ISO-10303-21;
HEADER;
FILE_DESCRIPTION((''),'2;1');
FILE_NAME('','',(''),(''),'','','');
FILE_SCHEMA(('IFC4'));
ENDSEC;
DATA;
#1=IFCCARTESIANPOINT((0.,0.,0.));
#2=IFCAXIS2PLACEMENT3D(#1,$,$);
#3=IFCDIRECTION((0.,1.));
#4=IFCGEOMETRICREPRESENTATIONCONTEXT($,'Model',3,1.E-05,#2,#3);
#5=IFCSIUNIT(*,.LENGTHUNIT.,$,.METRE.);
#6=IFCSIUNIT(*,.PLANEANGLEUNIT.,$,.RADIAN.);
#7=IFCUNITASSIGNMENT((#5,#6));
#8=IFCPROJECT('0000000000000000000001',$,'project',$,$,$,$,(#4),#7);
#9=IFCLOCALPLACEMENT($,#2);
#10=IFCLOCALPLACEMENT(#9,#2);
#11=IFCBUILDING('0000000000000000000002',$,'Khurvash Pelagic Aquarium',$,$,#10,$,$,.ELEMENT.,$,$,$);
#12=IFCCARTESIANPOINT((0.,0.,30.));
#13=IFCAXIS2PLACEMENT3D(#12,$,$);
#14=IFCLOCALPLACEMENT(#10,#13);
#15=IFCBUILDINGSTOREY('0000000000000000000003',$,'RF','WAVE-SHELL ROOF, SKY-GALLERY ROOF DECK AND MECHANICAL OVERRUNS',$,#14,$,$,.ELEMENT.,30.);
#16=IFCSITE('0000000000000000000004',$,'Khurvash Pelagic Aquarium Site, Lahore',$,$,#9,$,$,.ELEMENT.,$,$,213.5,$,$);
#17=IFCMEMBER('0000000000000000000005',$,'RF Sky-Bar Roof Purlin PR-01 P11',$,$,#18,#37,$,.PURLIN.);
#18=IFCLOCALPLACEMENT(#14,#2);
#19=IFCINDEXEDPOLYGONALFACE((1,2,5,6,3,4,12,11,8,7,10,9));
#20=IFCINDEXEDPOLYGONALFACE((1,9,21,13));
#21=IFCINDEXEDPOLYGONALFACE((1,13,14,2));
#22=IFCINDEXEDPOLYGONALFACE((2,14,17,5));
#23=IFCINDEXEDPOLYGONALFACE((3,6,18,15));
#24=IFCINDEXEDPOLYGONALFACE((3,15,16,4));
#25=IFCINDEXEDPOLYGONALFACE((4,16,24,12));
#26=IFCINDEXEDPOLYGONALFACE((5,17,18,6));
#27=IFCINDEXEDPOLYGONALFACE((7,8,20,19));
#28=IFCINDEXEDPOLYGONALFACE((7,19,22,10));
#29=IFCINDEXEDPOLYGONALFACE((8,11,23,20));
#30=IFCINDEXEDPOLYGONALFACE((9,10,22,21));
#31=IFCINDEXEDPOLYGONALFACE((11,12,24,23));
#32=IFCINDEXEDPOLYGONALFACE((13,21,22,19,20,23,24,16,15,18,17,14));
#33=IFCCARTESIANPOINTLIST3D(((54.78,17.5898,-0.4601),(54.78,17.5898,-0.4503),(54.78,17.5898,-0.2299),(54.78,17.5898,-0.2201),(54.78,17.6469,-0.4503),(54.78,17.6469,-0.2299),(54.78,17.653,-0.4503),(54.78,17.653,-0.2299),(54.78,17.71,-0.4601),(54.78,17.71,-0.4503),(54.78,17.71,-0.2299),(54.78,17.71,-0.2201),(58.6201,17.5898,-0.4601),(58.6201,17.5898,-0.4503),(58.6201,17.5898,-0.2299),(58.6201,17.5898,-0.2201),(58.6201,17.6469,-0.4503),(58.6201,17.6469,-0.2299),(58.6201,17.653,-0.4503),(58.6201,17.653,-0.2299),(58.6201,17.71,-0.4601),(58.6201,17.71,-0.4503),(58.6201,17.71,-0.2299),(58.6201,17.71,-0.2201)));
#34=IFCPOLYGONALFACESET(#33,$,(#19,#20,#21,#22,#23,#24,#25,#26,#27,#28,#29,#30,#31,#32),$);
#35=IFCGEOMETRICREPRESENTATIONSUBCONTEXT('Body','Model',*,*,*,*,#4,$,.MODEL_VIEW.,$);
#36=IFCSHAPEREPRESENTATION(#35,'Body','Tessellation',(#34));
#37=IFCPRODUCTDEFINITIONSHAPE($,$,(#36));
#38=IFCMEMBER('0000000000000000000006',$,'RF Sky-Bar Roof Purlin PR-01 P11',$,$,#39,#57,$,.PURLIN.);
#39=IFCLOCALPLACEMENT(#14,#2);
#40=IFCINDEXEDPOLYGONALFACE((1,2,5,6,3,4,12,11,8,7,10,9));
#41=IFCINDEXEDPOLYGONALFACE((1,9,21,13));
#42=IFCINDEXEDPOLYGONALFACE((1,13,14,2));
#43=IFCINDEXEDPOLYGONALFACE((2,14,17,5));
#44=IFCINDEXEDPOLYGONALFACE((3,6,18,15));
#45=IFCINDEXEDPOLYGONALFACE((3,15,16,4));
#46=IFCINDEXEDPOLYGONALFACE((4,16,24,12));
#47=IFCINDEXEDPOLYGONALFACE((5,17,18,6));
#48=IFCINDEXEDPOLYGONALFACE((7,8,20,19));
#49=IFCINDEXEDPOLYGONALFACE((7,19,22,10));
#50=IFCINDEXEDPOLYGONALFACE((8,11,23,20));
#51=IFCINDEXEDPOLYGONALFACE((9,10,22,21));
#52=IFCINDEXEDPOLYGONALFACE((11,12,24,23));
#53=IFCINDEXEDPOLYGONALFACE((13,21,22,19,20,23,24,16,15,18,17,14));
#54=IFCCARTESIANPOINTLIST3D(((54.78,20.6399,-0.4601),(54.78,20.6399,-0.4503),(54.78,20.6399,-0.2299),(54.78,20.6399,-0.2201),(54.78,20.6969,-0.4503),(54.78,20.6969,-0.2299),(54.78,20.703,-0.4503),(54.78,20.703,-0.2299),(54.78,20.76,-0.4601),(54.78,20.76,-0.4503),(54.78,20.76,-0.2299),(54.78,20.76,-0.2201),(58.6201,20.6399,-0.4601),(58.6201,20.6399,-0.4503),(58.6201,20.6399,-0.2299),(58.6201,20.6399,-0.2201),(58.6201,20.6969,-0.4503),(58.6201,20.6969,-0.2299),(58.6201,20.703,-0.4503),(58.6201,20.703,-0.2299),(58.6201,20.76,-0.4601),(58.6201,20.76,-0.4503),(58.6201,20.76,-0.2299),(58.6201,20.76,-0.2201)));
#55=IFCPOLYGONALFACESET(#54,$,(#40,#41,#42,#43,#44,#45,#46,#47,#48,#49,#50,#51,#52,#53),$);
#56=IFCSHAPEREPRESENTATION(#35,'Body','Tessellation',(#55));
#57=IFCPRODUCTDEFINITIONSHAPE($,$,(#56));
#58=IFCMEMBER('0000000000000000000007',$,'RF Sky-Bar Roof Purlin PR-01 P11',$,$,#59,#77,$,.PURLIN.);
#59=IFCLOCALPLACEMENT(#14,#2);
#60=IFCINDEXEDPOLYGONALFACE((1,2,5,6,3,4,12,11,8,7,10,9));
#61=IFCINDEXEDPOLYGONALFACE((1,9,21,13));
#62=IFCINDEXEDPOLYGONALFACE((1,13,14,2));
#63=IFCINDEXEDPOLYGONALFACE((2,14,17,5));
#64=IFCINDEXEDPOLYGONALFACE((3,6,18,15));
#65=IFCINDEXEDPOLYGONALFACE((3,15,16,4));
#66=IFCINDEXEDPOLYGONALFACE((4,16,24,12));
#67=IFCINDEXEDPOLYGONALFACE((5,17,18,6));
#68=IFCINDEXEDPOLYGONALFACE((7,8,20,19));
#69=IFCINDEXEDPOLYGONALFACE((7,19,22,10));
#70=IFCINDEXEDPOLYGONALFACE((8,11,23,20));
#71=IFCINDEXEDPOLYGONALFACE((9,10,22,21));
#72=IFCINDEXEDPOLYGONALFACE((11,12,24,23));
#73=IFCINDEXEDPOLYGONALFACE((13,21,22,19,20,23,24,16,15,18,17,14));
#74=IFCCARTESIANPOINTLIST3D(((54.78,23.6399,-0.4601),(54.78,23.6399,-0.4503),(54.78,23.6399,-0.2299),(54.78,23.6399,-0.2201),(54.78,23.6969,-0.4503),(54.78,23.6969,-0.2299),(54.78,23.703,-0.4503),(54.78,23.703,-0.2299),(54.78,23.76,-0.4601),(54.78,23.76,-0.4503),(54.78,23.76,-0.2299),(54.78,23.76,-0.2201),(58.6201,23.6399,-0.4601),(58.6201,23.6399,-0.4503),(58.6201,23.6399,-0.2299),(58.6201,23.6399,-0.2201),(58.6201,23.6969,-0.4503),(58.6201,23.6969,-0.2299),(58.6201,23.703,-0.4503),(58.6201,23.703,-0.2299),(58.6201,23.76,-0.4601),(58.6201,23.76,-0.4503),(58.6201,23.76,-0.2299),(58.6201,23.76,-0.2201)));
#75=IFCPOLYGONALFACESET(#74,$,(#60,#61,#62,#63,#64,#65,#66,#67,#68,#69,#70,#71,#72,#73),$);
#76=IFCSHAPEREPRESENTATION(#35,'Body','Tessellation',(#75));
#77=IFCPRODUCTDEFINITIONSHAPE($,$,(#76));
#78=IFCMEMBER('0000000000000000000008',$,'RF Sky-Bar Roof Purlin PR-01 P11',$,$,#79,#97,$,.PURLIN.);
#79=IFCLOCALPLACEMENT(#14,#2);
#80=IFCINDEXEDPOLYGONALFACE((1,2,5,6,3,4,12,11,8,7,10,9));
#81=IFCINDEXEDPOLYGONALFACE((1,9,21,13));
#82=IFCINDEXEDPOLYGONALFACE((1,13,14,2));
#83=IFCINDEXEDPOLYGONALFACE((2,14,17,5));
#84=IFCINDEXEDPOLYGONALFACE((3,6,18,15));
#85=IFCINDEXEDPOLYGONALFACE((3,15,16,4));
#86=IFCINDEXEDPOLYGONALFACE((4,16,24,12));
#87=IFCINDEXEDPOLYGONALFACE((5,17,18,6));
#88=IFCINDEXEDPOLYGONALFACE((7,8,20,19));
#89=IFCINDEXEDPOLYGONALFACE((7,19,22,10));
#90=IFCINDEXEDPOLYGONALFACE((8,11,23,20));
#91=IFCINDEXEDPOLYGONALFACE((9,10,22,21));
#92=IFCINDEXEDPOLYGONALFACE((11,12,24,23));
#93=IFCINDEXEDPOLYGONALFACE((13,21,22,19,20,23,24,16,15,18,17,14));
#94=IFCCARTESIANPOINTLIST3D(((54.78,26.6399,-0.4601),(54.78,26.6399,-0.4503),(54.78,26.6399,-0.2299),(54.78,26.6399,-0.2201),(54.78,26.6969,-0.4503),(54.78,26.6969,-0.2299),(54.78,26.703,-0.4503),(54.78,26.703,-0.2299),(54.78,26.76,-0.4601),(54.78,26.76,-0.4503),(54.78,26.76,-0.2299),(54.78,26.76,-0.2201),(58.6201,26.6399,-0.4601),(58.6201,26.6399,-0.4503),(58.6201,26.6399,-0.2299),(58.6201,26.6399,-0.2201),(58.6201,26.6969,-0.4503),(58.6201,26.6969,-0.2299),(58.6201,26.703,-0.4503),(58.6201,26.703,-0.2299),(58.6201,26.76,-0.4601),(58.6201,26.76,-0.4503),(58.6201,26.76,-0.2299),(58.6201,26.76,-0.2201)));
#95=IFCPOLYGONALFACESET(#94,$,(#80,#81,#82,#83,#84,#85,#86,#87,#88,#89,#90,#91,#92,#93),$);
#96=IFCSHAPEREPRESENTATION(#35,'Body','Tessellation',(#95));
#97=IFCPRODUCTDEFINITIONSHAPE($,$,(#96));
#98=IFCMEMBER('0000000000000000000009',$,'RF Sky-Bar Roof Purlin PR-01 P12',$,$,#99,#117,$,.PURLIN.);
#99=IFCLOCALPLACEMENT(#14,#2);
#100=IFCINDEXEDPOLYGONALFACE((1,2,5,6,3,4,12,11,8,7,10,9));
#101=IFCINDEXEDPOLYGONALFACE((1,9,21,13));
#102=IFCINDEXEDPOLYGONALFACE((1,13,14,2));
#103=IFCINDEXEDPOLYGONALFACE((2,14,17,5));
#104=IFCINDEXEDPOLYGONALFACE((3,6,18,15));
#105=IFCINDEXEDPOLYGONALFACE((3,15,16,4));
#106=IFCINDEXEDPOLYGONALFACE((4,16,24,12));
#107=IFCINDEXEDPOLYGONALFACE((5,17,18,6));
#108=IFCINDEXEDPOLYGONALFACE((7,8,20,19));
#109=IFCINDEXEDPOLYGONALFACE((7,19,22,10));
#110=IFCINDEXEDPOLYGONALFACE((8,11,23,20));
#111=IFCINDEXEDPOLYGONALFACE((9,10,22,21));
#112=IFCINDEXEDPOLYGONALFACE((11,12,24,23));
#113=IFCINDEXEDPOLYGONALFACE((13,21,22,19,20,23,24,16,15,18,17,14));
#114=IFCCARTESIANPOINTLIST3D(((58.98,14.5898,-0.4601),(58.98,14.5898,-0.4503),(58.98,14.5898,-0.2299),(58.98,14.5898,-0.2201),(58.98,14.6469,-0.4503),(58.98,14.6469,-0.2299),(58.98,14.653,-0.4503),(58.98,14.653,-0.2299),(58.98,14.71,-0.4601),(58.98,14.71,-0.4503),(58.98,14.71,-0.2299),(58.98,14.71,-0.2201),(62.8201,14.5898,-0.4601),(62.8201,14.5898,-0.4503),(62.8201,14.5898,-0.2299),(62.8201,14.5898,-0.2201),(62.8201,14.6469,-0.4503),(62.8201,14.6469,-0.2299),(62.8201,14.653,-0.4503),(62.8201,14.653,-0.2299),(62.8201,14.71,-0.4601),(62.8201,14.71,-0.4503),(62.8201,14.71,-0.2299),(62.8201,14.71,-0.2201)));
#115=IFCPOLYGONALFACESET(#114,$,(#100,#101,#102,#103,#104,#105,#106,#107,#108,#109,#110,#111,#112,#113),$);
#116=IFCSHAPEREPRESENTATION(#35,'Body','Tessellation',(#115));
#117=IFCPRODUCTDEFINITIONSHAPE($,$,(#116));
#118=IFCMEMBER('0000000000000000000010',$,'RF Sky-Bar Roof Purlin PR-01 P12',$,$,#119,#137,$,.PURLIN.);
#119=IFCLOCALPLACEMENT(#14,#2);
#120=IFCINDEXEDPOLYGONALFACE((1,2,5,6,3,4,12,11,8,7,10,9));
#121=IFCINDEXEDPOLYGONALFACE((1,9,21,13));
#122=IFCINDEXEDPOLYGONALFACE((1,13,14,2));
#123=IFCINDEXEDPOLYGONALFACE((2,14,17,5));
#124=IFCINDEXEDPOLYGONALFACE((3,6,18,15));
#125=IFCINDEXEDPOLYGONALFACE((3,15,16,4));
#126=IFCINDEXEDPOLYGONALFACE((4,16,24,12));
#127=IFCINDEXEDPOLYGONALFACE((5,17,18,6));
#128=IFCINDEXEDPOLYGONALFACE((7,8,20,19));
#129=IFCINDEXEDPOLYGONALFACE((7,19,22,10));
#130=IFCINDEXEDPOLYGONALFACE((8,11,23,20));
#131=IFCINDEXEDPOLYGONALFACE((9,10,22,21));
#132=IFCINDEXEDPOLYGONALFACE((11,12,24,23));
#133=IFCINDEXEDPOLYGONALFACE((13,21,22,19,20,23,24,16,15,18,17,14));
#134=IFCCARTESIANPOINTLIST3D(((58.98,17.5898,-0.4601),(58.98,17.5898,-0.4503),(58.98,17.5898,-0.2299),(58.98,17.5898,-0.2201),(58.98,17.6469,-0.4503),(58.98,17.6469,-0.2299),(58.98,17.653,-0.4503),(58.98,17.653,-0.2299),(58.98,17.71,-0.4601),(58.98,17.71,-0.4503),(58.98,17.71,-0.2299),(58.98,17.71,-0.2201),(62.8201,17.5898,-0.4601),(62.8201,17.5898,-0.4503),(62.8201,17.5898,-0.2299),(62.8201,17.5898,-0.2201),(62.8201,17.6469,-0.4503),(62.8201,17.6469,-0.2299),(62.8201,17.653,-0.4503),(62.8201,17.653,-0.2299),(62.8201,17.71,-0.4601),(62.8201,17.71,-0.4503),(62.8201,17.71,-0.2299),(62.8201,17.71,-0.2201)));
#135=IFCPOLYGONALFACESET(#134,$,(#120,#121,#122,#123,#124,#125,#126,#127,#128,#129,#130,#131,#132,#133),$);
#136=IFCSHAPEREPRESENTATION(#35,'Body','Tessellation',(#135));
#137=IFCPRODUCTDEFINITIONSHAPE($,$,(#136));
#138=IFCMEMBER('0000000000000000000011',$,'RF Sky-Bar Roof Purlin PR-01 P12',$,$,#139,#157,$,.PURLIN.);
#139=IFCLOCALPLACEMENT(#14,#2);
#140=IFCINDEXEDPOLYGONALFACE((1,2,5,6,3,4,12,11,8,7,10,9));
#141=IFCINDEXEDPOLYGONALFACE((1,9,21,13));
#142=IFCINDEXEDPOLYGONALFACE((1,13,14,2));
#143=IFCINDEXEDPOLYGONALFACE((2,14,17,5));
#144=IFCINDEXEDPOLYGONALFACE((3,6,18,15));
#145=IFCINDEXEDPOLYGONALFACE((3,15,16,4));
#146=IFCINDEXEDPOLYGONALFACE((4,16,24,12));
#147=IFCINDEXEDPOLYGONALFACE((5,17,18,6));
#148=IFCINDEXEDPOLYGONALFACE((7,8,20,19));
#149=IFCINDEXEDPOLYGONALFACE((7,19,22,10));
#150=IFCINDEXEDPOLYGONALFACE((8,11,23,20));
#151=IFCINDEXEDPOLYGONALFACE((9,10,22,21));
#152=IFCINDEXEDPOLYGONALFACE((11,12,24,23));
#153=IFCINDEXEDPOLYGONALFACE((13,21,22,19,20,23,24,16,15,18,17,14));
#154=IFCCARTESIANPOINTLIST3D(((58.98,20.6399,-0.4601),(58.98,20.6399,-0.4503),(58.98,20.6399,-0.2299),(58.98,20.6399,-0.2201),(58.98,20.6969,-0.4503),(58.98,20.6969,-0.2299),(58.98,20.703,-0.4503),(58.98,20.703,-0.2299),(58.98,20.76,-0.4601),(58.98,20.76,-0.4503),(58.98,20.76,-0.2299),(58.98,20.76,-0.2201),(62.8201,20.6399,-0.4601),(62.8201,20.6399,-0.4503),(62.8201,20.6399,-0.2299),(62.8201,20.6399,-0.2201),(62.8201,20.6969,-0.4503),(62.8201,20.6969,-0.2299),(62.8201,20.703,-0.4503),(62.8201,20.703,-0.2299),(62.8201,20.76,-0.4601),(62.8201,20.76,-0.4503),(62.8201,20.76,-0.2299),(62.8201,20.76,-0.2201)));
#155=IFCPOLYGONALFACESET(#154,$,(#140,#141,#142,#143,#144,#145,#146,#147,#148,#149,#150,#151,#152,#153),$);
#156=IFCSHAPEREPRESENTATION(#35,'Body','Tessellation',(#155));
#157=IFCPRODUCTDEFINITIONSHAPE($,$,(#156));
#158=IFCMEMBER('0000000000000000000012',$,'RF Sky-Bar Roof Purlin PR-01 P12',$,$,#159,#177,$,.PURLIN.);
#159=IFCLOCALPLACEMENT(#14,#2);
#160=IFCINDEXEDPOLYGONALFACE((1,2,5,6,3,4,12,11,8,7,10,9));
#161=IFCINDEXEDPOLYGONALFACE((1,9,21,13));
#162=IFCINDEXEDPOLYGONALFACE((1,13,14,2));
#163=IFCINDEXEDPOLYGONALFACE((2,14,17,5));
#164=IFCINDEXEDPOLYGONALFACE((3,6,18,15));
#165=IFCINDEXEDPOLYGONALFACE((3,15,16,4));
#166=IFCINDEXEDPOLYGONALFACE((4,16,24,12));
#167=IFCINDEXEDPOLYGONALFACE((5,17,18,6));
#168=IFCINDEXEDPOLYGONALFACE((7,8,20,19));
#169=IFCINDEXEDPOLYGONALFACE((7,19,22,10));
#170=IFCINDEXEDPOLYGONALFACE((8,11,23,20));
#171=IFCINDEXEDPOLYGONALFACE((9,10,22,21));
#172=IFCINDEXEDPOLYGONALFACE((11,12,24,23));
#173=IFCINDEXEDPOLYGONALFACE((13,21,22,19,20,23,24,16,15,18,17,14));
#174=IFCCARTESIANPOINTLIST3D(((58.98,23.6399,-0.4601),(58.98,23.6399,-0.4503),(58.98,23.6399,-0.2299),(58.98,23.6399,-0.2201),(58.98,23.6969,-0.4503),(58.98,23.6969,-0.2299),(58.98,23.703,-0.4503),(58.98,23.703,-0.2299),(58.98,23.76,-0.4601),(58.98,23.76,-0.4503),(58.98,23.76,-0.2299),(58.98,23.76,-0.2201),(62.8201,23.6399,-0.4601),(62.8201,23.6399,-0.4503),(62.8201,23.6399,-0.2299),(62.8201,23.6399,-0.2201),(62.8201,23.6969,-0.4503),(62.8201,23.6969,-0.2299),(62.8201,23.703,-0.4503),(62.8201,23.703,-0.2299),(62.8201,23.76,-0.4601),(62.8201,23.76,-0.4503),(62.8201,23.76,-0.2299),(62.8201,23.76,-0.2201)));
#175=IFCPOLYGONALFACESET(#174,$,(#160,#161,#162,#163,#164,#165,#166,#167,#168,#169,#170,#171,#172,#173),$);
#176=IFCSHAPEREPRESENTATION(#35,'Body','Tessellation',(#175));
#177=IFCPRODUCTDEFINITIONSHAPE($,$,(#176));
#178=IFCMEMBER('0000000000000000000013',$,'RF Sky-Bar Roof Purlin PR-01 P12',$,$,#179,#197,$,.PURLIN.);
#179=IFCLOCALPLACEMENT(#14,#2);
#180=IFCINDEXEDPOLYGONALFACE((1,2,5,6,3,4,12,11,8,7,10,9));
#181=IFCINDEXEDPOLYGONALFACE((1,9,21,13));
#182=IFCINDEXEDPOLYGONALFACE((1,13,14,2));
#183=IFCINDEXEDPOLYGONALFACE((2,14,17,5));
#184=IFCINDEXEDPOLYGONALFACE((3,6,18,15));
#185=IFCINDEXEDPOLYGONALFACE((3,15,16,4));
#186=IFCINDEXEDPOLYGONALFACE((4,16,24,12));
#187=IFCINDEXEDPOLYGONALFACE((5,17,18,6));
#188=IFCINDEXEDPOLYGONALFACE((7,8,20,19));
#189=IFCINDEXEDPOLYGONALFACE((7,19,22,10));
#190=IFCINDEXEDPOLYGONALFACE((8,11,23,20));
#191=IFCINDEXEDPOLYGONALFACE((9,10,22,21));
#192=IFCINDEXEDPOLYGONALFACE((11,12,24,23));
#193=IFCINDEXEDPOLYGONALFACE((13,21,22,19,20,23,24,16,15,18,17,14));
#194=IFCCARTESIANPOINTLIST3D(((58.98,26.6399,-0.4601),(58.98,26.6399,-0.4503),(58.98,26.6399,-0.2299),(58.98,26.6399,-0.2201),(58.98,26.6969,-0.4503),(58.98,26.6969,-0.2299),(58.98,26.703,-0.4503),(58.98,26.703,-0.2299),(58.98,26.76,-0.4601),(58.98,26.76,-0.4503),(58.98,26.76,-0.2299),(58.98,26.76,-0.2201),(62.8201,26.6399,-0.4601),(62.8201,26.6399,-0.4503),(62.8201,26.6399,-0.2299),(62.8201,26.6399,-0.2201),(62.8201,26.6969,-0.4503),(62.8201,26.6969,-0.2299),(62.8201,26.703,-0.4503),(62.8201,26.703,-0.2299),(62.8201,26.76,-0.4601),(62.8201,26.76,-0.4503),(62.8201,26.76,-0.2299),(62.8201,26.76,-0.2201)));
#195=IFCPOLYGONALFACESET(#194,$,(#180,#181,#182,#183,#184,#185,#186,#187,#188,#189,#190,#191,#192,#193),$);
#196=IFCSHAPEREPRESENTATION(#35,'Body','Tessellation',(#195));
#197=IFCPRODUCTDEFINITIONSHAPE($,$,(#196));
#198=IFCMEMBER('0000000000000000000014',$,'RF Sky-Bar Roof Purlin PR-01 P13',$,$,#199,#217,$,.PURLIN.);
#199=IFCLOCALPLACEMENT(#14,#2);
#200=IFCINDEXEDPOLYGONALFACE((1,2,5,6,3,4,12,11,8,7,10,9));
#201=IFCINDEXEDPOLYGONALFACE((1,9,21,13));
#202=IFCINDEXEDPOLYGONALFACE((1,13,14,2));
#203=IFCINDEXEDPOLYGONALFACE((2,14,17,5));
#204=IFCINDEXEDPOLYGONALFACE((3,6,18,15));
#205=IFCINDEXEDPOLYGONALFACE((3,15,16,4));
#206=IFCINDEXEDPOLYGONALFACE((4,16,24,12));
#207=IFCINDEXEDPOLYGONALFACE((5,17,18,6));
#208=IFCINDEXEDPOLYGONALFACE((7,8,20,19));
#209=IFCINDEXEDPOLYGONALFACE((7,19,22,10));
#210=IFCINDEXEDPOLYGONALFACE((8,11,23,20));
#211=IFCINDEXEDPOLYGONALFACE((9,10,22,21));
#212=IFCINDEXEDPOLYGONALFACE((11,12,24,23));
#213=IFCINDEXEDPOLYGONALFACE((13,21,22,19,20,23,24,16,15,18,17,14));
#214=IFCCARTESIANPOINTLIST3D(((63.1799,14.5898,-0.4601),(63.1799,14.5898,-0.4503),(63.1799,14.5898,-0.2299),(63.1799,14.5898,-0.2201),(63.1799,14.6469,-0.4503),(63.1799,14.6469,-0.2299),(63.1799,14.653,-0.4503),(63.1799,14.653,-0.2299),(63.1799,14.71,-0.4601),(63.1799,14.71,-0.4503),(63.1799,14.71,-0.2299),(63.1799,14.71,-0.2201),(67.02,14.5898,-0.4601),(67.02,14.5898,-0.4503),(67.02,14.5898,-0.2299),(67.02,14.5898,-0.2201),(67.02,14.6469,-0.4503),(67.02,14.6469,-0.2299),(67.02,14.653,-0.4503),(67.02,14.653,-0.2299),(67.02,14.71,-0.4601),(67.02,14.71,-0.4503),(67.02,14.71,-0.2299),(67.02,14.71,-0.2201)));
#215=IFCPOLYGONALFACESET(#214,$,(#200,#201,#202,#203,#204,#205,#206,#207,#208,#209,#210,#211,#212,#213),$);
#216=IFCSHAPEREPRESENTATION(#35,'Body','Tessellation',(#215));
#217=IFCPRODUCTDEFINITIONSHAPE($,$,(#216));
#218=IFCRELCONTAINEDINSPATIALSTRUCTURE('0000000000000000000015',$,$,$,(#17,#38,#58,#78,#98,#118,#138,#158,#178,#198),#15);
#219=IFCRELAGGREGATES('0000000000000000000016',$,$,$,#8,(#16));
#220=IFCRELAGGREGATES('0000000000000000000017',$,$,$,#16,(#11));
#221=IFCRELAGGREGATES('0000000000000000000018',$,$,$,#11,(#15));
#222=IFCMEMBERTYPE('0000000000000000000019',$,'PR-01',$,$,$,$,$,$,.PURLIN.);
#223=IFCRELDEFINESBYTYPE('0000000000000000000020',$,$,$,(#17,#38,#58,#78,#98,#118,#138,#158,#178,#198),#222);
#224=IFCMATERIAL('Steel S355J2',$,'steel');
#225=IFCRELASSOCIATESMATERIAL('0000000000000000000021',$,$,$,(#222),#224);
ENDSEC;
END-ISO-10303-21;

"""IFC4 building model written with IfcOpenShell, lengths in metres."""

from ifc_helpers import new_model, si_unit, direction, frame, origin, origin_2d, place, context, subcontext, project, spatial, i_section, extrude, material, material_profile, profile_set, type_object, element, save


model = new_model("IFC4")

# Units and contexts
model_context = context("Model", 3, precision=1e-05, world=origin(), true_north=direction((0.0, 1.0)))
body_context = subcontext(model_context, "Body", "Model", "MODEL_VIEW")
ifc_project = project(units=[si_unit("LENGTHUNIT", "METRE"), si_unit("PLANEANGLEUNIT", "RADIAN")], contexts=[model_context])

# Site, building, storey
site_placement = place(None, origin())
site = spatial("IfcSite", under=ifc_project, at=site_placement, Name="Khurvash Pelagic Aquarium Site, Lahore", CompositionType="ELEMENT", RefElevation=213.5)
building_placement = place(site_placement, origin())
building = spatial("IfcBuilding", under=site, at=building_placement, Name="Khurvash Pelagic Aquarium", CompositionType="ELEMENT")
storey_placement = place(building_placement, frame((0.0, 0.0, 30.0)))
storey = spatial("IfcBuildingStorey", under=building, at=storey_placement, Name="RF", Description="WAVE-SHELL ROOF, SKY-GALLERY ROOF DECK AND MECHANICAL OVERRUNS", CompositionType="ELEMENT", Elevation=30.0)

# Members
ifc_material_1 = material(Name="Steel S355J2", Category="steel")
ifc_material_profile_1 = material_profile(ifc_material_1, i_section(OverallWidth=0.1201, OverallDepth=0.24, WebThickness=0.0061, FlangeThickness=0.0098, at=origin_2d()), Name="IPE240")
ifc_profile_set_1 = profile_set([ifc_material_profile_1], Name="Steel S355J2")
member_type = type_object("IfcMemberType", Name="PR-01", PredefinedType="PURLIN", material=ifc_profile_set_1)
for number, where, z_axis, x_axis, name in (
    (1, (54.78, 17.6499, -0.3401), (1.0, 0.0, 0.0), (0.0, 1.0, 0.0), "RF Sky-Bar Roof Purlin PR-01 P11"),
    (2, (54.78, 20.7, -0.3401), (1.0, 0.0, 0.0), (0.0, 1.0, 0.0), "RF Sky-Bar Roof Purlin PR-01 P11"),
    (3, (54.78, 23.7, -0.3401), (1.0, 0.0, 0.0), (0.0, 1.0, 0.0), "RF Sky-Bar Roof Purlin PR-01 P11"),
    (4, (54.78, 26.7, -0.3401), (1.0, 0.0, 0.0), (0.0, 1.0, 0.0), "RF Sky-Bar Roof Purlin PR-01 P11"),
    (5, (58.98, 14.6499, -0.3401), (1.0, 0.0, 0.0), (0.0, 1.0, 0.0), "RF Sky-Bar Roof Purlin PR-01 P12"),
    (6, (58.98, 17.6499, -0.3401), (1.0, 0.0, 0.0), (0.0, 1.0, 0.0), "RF Sky-Bar Roof Purlin PR-01 P12"),
    (7, (58.98, 20.7, -0.3401), (1.0, 0.0, 0.0), (0.0, 1.0, 0.0), "RF Sky-Bar Roof Purlin PR-01 P12"),
    (8, (58.98, 23.7, -0.3401), (1.0, 0.0, 0.0), (0.0, 1.0, 0.0), "RF Sky-Bar Roof Purlin PR-01 P12"),
    (9, (58.98, 26.7, -0.3401), (1.0, 0.0, 0.0), (0.0, 1.0, 0.0), "RF Sky-Bar Roof Purlin PR-01 P12"),
    (10, (63.1799, 14.6499, -0.3401), (1.0, 0.0, 0.0), (0.0, 1.0, 0.0), "RF Sky-Bar Roof Purlin PR-01 P13"),
):
    element("IfcMember", number, at=place(storey_placement, frame(where, z_axis=z_axis, x_axis=x_axis)), inside=storey, type_object=member_type, Name=name, PredefinedType="PURLIN", context=body_context, shape_type="SweptSolid", body=[
        extrude(i_section(OverallWidth=0.1201, OverallDepth=0.24, WebThickness=0.0061, FlangeThickness=0.0098, at=origin_2d()), origin(), (0.0, 0.0, 1.0), 3.8401),
    ])

save(model, "model.ifc")
